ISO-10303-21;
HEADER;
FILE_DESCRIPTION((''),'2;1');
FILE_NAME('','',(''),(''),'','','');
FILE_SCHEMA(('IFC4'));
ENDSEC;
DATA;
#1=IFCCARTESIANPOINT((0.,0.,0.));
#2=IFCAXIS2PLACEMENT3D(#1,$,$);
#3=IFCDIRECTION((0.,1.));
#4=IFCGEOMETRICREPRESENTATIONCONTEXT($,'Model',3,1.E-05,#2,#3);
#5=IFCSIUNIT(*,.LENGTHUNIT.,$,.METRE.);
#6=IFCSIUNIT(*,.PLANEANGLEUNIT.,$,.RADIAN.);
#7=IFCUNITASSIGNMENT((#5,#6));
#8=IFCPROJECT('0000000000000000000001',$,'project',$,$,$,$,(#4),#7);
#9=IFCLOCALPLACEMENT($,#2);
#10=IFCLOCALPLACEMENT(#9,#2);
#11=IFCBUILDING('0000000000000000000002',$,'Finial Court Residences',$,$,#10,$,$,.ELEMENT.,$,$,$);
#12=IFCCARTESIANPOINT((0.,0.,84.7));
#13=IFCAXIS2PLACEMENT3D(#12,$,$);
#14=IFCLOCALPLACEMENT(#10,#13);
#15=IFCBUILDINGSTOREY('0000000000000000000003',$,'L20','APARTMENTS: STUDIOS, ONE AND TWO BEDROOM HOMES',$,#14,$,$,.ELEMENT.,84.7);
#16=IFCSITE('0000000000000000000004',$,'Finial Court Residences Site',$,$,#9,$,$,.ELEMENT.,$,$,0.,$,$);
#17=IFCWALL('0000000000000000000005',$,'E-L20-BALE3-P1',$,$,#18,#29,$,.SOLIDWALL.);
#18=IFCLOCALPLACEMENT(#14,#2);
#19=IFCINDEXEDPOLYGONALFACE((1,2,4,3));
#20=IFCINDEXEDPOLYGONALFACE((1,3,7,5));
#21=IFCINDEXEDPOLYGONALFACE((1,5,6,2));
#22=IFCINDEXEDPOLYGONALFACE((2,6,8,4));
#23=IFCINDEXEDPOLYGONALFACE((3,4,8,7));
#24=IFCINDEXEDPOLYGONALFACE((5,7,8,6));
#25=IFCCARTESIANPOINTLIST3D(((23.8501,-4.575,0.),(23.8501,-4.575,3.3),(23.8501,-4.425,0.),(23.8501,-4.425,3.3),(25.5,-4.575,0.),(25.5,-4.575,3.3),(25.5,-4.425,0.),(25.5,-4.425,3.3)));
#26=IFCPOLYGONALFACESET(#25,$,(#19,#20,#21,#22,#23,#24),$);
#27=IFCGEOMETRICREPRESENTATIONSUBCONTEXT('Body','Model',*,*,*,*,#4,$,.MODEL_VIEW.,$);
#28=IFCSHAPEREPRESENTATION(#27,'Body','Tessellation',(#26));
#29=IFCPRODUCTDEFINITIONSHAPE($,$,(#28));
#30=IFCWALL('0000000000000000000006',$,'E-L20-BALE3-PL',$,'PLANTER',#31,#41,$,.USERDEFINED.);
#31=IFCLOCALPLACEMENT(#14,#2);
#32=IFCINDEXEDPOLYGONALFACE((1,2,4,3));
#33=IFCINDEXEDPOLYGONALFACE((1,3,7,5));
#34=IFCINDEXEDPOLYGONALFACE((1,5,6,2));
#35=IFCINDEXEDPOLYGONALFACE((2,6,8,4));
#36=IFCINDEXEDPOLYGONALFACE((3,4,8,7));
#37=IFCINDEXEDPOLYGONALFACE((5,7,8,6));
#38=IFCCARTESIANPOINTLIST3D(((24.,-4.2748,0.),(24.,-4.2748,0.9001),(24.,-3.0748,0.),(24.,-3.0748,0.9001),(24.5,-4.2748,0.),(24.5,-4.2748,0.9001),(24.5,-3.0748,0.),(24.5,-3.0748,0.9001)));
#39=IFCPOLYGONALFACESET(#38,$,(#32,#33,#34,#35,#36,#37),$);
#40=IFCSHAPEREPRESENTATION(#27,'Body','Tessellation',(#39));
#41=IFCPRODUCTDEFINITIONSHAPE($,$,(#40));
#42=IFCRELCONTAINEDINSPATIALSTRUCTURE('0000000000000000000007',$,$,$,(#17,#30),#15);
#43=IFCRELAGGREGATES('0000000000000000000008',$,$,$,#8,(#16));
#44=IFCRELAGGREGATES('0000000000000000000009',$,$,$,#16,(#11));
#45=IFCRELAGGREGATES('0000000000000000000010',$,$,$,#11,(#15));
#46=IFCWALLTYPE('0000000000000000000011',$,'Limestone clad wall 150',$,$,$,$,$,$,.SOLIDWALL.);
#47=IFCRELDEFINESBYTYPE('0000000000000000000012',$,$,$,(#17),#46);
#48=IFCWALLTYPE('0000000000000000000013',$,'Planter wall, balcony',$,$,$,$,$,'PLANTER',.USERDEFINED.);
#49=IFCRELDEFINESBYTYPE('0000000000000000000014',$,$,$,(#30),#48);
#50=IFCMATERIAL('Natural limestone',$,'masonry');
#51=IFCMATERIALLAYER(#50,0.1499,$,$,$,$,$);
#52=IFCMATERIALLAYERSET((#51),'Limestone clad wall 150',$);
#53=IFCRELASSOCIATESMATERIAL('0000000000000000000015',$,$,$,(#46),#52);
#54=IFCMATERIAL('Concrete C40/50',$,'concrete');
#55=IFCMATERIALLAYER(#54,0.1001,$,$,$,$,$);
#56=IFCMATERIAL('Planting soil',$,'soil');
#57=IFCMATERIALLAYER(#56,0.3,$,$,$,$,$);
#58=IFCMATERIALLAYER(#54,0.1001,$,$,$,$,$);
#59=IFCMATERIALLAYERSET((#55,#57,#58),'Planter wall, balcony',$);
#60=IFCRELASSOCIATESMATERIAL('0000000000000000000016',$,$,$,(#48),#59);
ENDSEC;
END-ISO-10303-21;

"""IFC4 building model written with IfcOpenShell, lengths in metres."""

from ifc_helpers import new_model, si_unit, direction, frame, frame_2d, origin, place, context, subcontext, project, spatial, rectangle, extrude, material, layer, layer_set, type_object, element, save


model = new_model("IFC4")

# Units and contexts
model_context = context("Model", 3, precision=1e-05, world=origin(), true_north=direction((0.0, 1.0)))
body_context = subcontext(model_context, "Body", "Model", "MODEL_VIEW")
ifc_project = project(units=[si_unit("LENGTHUNIT", "METRE"), si_unit("PLANEANGLEUNIT", "RADIAN")], contexts=[model_context])

# Site, building, storey
site_placement = place(None, origin())
site = spatial("IfcSite", under=ifc_project, at=site_placement, Name="Finial Court Residences Site", CompositionType="ELEMENT", RefElevation=0.0)
building_placement = place(site_placement, origin())
building = spatial("IfcBuilding", under=site, at=building_placement, Name="Finial Court Residences", CompositionType="ELEMENT")
storey_placement = place(building_placement, frame((0.0, 0.0, 84.7)))
storey = spatial("IfcBuildingStorey", under=building, at=storey_placement, Name="L20", Description="APARTMENTS: STUDIOS, ONE AND TWO BEDROOM HOMES", CompositionType="ELEMENT", Elevation=84.7)

# Walls
ifc_material_1 = material(Name="Natural limestone", Category="masonry")
ifc_layer_1 = layer(ifc_material_1, 0.1499)
ifc_layer_set_1 = layer_set([ifc_layer_1], Name="Limestone clad wall 150")
wall_type_1 = type_object("IfcWallType", Name="Limestone clad wall 150", PredefinedType="SOLIDWALL", material=ifc_layer_set_1)
wall_1_placement = place(storey_placement, frame((23.8501, -4.5, 0.0), z_axis=(0.0, 0.0, 1.0), x_axis=(1.0, 0.0, 0.0)))
element("IfcWall", 1, at=wall_1_placement, inside=storey, type_object=wall_type_1, Name="E-L20-BALE3-P1", PredefinedType="SOLIDWALL", context=body_context, shape_type="SweptSolid", body=[
    extrude(rectangle(XDim=1.6499, YDim=0.1499, at=frame_2d((0.825, 0.0))), origin(), (0.0, 0.0, 1.0), 3.3),
])
ifc_material_2 = material(Name="Concrete C40/50", Category="concrete")
ifc_layer_2 = layer(ifc_material_2, 0.1001)
ifc_material_3 = material(Name="Planting soil", Category="soil")
ifc_layer_3 = layer(ifc_material_3, 0.3)
ifc_layer_4 = layer(ifc_material_2, 0.1001)
ifc_layer_set_2 = layer_set([ifc_layer_2, ifc_layer_3, ifc_layer_4], Name="Planter wall, balcony")
wall_type_2 = type_object("IfcWallType", Name="Planter wall, balcony", ElementType="PLANTER", PredefinedType="USERDEFINED", material=ifc_layer_set_2)
wall_2_placement = place(storey_placement, frame((24.25, -4.2749, 0.0), z_axis=(0.0, 0.0, 1.0), x_axis=(0.0, 1.0, 0.0)))
element("IfcWall", 2, at=wall_2_placement, inside=storey, type_object=wall_type_2, Name="E-L20-BALE3-PL", ObjectType="PLANTER", PredefinedType="USERDEFINED", context=body_context, shape_type="SweptSolid", body=[
    extrude(rectangle(XDim=1.2, YDim=0.5, at=frame_2d((0.6001, 0.0))), origin(), (0.0, 0.0, 1.0), 0.9001),
])

save(model, "model.ifc")
